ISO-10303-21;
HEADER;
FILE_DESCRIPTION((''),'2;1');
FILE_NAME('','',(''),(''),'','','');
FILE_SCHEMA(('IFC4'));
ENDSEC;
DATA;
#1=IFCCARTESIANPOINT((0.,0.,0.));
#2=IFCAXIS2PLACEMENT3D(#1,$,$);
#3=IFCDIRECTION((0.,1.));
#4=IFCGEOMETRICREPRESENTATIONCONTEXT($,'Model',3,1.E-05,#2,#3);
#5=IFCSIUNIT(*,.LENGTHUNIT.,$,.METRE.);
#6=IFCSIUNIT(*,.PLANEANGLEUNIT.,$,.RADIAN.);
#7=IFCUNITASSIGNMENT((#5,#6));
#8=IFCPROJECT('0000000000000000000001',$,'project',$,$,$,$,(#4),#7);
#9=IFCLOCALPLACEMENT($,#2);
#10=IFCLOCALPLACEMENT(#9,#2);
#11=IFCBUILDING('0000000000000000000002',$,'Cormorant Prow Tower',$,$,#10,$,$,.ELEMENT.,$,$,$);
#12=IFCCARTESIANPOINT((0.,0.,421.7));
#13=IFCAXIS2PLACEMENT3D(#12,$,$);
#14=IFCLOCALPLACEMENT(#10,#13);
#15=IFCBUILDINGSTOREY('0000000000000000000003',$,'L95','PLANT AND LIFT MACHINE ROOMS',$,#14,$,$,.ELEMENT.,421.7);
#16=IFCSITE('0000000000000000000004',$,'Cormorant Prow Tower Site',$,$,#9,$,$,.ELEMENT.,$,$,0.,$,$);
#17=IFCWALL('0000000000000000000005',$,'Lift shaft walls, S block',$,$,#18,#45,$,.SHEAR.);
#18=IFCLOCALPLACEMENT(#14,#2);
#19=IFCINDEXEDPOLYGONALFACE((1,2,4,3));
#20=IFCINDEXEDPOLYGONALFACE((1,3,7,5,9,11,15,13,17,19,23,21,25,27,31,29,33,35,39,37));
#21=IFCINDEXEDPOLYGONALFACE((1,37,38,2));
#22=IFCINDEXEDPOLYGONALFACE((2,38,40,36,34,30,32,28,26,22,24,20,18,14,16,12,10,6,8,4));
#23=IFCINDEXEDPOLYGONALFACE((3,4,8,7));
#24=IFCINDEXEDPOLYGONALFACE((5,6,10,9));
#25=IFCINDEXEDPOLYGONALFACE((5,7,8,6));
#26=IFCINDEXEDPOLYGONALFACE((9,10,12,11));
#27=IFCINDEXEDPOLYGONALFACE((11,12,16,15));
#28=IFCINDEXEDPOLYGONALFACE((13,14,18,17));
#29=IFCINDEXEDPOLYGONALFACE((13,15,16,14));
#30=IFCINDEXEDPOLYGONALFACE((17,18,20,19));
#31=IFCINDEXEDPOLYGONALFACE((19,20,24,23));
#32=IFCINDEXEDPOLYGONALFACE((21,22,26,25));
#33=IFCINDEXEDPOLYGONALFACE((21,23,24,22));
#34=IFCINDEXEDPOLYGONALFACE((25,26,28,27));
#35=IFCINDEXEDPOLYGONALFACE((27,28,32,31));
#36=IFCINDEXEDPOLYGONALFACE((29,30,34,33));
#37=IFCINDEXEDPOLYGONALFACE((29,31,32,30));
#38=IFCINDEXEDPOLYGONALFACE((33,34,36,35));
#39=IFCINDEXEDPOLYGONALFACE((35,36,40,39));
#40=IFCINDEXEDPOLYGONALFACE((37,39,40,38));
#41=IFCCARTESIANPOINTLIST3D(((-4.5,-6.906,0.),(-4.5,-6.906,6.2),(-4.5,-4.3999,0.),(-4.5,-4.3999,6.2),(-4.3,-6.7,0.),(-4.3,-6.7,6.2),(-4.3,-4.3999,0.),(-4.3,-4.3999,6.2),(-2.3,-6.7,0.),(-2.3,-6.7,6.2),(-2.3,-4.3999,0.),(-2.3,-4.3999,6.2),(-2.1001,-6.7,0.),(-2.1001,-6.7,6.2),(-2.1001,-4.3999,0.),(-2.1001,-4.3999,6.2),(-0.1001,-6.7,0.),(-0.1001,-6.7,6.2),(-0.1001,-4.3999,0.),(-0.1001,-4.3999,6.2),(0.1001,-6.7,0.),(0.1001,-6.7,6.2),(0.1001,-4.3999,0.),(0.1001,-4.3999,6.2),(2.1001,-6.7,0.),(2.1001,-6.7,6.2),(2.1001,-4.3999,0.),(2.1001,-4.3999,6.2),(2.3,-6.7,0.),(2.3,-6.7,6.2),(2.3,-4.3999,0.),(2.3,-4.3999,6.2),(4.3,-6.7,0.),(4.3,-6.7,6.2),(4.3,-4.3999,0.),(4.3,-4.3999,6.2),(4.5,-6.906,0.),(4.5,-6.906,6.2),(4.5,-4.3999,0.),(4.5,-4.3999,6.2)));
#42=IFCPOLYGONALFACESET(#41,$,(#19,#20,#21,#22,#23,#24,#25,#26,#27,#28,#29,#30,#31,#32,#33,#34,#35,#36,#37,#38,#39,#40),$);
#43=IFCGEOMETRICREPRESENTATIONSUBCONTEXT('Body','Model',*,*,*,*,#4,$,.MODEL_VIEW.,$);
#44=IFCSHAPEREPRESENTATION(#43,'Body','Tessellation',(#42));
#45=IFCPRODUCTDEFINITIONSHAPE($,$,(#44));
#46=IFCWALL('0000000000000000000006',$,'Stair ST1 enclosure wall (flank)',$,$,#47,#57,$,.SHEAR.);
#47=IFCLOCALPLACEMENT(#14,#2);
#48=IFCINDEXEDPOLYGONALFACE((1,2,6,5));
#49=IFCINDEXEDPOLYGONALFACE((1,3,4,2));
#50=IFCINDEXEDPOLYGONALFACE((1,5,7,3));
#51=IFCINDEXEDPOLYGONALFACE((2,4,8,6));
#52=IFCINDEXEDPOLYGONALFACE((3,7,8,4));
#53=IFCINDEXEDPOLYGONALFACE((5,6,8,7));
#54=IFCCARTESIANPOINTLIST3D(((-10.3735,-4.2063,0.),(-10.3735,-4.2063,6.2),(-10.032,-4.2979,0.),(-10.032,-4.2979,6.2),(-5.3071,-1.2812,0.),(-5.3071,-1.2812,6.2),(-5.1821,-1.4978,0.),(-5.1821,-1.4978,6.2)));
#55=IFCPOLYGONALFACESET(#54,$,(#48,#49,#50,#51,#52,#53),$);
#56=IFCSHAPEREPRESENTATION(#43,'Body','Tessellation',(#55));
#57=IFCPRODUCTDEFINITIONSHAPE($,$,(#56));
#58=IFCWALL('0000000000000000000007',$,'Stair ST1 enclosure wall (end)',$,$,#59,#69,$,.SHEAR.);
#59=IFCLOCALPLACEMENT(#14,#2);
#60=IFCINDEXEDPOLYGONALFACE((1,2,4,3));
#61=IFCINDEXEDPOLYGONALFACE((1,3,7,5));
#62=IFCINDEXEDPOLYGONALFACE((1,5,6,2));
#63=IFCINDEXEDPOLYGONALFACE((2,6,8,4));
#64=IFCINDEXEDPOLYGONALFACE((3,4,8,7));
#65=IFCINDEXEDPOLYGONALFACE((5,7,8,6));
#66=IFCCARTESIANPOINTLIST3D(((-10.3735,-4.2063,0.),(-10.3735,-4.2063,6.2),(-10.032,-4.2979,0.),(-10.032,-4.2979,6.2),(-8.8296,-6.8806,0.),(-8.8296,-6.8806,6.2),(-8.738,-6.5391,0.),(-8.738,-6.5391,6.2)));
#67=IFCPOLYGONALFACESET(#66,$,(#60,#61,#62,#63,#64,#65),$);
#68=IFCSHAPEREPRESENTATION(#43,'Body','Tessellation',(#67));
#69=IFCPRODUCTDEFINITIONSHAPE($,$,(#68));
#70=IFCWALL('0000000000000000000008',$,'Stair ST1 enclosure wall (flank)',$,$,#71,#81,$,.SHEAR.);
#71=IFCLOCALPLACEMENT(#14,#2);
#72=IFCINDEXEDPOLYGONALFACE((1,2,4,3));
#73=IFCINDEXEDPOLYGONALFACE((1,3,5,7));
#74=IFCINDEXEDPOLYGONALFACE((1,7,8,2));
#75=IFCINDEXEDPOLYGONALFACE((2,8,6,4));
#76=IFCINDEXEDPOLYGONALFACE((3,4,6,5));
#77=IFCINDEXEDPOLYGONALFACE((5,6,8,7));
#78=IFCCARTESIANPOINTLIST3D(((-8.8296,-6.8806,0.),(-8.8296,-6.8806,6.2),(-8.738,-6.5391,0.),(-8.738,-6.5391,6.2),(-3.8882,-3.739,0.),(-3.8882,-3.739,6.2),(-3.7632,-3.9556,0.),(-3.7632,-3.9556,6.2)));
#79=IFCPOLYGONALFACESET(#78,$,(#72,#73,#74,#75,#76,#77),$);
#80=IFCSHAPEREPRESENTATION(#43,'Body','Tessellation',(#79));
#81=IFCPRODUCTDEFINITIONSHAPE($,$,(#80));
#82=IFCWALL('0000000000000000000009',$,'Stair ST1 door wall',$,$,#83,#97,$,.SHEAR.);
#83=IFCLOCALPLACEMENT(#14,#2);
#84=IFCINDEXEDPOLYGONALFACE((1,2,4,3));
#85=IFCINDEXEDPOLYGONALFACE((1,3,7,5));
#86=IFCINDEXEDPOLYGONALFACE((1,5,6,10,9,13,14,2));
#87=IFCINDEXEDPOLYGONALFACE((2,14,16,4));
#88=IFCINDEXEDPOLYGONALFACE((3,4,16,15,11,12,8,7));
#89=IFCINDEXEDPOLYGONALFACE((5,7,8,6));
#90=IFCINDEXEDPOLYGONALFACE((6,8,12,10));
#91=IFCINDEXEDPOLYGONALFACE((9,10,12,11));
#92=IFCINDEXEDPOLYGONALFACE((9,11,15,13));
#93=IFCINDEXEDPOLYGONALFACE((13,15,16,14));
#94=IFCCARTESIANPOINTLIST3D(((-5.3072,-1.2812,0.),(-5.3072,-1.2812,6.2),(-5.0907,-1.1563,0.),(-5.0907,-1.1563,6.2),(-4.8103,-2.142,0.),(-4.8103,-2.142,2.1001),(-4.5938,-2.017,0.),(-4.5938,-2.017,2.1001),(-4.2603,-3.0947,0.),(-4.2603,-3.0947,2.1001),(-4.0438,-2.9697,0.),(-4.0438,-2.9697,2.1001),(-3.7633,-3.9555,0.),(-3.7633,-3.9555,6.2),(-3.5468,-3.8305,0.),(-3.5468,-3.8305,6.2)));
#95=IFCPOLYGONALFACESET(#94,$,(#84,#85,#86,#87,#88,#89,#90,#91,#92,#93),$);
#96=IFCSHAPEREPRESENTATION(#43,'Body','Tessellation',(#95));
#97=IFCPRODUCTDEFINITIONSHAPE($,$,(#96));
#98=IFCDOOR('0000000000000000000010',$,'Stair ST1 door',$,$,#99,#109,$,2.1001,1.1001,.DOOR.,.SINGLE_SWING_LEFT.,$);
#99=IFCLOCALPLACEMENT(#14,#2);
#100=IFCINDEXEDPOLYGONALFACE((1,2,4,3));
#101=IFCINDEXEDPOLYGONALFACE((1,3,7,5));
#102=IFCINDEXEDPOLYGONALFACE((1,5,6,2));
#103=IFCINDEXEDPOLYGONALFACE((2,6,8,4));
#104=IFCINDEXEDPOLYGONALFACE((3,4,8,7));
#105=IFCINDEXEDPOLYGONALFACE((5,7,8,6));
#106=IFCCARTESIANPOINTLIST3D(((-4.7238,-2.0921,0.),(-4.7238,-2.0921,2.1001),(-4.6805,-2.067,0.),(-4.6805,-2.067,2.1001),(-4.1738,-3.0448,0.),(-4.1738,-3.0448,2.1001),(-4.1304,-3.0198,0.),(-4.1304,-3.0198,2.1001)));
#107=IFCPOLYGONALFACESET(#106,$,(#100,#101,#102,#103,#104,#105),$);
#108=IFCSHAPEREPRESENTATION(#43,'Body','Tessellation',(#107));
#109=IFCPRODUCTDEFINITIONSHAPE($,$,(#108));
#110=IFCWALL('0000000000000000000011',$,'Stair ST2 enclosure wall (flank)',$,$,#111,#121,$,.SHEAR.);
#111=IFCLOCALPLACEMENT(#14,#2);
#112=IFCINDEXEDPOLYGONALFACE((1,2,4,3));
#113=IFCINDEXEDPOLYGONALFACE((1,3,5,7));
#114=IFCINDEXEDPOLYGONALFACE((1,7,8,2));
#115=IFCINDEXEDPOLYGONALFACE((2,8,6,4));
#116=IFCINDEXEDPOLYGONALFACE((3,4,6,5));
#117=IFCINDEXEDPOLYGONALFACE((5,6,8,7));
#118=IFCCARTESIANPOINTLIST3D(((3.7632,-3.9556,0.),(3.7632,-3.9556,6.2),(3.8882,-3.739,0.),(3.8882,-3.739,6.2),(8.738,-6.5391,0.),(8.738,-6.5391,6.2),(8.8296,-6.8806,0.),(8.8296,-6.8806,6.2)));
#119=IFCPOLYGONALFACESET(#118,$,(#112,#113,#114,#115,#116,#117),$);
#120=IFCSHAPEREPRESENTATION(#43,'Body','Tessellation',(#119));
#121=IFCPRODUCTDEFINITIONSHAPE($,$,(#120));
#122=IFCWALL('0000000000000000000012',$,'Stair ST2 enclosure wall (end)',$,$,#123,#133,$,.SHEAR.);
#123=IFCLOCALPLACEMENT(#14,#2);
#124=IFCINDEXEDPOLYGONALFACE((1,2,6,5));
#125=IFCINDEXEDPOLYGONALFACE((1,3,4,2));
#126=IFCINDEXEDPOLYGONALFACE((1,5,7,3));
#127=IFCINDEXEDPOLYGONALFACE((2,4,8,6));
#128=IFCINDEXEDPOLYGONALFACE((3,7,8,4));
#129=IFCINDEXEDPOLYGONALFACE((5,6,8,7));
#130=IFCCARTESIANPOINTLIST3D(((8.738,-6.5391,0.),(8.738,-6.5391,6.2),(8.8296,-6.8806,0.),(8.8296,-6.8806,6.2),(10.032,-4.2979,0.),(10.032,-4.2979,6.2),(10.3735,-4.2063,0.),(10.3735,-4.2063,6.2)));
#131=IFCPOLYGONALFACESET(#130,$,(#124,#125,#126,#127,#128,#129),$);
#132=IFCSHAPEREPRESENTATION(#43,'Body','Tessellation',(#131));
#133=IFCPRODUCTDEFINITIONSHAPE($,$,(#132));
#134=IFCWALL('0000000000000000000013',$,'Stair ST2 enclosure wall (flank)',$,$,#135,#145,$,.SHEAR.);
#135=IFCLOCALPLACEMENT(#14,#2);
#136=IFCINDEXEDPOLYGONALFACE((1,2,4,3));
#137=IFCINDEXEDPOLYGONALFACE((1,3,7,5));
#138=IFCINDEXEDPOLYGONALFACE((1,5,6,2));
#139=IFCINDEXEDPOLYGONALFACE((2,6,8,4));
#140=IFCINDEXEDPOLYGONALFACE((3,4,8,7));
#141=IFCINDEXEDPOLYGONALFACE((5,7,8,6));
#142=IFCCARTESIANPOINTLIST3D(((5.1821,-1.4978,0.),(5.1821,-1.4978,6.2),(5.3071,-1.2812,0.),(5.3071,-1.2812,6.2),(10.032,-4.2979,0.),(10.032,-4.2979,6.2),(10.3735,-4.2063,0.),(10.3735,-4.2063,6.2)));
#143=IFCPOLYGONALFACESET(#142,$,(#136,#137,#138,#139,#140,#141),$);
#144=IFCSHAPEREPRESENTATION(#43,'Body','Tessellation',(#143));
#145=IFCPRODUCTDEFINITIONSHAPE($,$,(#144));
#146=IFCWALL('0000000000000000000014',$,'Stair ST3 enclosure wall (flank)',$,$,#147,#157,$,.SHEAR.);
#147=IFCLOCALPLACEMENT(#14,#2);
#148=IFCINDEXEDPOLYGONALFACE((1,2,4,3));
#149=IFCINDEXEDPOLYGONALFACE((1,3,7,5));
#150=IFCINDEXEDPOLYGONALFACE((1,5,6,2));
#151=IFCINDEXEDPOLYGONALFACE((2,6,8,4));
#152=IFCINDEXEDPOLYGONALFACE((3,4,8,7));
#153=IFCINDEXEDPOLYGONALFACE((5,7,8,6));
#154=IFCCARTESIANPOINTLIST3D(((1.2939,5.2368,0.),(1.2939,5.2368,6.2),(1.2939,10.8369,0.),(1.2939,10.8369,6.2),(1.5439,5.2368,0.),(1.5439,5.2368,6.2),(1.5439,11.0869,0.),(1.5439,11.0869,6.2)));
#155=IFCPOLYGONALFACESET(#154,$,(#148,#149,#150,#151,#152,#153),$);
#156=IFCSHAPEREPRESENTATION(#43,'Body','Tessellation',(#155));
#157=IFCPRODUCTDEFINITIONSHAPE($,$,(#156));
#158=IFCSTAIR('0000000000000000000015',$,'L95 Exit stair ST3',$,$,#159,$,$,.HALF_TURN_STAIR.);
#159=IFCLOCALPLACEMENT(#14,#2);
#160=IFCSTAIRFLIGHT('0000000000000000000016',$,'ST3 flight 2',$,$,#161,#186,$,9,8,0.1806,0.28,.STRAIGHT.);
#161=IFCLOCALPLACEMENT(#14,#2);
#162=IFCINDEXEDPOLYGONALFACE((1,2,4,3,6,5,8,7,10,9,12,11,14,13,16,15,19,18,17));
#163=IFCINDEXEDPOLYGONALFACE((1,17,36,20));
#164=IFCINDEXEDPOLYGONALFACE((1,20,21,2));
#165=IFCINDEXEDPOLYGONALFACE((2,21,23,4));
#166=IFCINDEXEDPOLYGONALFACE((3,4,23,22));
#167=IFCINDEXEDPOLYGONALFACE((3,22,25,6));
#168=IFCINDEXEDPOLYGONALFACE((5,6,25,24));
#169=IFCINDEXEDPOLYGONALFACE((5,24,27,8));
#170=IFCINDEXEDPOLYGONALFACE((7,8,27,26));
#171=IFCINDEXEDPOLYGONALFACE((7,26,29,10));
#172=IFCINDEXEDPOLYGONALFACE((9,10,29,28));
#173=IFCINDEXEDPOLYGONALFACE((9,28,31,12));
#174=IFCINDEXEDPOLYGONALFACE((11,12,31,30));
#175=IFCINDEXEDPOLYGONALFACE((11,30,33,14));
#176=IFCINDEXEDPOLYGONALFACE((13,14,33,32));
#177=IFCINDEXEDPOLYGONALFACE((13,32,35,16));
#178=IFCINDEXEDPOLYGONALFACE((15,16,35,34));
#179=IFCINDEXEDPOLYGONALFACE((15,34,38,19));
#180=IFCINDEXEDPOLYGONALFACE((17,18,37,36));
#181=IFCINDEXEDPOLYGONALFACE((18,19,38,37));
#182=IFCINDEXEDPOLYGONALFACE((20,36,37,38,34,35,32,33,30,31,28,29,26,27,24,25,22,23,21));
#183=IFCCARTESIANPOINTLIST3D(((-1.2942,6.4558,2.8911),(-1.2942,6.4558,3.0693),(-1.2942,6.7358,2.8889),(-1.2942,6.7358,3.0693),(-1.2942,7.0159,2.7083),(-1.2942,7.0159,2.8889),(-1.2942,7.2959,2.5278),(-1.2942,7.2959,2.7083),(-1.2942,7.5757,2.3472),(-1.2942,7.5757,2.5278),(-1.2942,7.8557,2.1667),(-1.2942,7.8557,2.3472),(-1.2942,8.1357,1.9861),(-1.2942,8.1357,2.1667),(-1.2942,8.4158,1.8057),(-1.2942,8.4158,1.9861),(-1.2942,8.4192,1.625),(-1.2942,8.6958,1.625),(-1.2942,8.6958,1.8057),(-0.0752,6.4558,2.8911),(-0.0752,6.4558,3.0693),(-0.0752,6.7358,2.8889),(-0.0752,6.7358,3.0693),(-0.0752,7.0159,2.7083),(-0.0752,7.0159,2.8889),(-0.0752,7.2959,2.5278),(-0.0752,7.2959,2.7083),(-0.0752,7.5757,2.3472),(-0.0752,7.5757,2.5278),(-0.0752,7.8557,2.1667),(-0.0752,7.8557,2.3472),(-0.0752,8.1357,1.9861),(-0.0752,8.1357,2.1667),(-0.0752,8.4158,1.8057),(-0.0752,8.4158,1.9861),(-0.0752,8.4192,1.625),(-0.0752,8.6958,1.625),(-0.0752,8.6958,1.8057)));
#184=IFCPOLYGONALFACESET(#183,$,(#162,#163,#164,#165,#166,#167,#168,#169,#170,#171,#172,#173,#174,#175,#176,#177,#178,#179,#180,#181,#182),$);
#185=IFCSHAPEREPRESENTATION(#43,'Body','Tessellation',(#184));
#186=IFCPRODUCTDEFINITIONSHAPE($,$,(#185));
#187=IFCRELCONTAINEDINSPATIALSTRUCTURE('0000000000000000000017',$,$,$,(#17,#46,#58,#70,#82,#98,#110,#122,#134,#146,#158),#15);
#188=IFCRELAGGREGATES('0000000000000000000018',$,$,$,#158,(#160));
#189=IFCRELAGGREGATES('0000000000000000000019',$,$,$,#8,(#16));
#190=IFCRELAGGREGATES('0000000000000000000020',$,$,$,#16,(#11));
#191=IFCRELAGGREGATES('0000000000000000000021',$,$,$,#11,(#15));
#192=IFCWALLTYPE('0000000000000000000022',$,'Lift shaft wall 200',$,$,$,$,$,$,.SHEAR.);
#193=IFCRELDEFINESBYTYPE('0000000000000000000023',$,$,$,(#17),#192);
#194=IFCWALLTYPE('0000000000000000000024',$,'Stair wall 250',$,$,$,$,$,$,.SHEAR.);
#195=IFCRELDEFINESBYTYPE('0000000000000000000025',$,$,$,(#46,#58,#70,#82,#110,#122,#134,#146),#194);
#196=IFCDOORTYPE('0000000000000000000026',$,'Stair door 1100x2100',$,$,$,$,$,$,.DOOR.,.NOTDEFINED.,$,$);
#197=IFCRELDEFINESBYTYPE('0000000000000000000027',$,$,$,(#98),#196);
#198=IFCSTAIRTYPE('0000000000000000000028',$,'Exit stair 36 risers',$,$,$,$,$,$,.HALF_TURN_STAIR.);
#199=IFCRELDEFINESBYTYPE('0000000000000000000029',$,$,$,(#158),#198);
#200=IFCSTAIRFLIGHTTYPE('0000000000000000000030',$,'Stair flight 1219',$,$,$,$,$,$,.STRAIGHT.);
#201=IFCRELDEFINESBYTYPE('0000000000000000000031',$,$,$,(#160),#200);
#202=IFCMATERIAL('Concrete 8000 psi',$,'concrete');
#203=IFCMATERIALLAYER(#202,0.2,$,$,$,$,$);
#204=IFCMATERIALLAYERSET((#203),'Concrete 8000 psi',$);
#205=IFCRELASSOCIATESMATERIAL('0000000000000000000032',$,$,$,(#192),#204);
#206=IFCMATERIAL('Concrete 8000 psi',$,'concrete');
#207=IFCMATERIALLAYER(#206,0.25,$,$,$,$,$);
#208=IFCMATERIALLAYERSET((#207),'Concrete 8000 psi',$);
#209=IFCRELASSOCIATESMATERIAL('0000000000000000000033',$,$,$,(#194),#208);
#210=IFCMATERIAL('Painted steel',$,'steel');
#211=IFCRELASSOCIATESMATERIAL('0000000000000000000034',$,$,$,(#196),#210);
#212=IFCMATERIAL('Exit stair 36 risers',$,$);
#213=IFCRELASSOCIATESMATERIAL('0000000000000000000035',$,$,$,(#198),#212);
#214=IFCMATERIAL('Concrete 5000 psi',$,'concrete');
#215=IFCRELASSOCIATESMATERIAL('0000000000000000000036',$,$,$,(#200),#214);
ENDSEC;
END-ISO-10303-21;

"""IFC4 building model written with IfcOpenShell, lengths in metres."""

from ifc_helpers import new_model, si_unit, direction, frame, frame_2d, origin, place, context, subcontext, project, spatial, polyline, rectangle, outline, extrude, material, layer, layer_set, type_object, element, fill, aggregate, save


model = new_model("IFC4")

# Units and contexts
model_context = context("Model", 3, precision=1e-05, world=origin(), true_north=direction((0.0, 1.0)))
body_context = subcontext(model_context, "Body", "Model", "MODEL_VIEW")
ifc_project = project(units=[si_unit("LENGTHUNIT", "METRE"), si_unit("PLANEANGLEUNIT", "RADIAN")], contexts=[model_context])

# Site, building, storey
site_placement = place(None, origin())
site = spatial("IfcSite", under=ifc_project, at=site_placement, Name="Cormorant Prow Tower Site", CompositionType="ELEMENT", RefElevation=0.0)
building_placement = place(site_placement, origin())
building = spatial("IfcBuilding", under=site, at=building_placement, Name="Cormorant Prow Tower", CompositionType="ELEMENT")
storey_placement = place(building_placement, frame((0.0, 0.0, 421.7)))
storey = spatial("IfcBuildingStorey", under=building, at=storey_placement, Name="L95", Description="PLANT AND LIFT MACHINE ROOMS", CompositionType="ELEMENT", Elevation=421.7)

# Walls
ifc_material_1 = material(Name="Concrete 8000 psi", Category="concrete")
ifc_layer_1 = layer(ifc_material_1, 0.2)
ifc_layer_set_1 = layer_set([ifc_layer_1], Name="Concrete 8000 psi")
wall_type_1 = type_object("IfcWallType", Name="Lift shaft wall 200", PredefinedType="SHEAR", material=ifc_layer_set_1)
wall_1_placement = place(storey_placement, origin())
element("IfcWall", 1, at=wall_1_placement, inside=storey, type_object=wall_type_1, Name="Lift shaft walls, S block", PredefinedType="SHEAR", context=body_context, shape_type="SweptSolid", body=[
    extrude(outline(polyline([(4.5, -4.3999), (4.5, -6.906), (-4.5, -6.906), (-4.5, -4.3999), (-4.3, -4.3999), (-4.3, -6.7), (-2.3, -6.7), (-2.3, -4.3999), (-2.1001, -4.3999), (-2.1001, -6.7), (-0.1001, -6.7), (-0.1001, -4.3999), (0.1001, -4.3999), (0.1001, -6.7), (2.1001, -6.7), (2.1001, -4.3999), (2.3, -4.3999), (2.3, -6.7), (4.3, -6.7), (4.3, -4.3999), (4.5, -4.3999)])), origin(), (0.0, 0.0, 1.0), 6.2),
])
ifc_material_2 = material(Name="Concrete 8000 psi", Category="concrete")
ifc_layer_2 = layer(ifc_material_2, 0.25)
ifc_layer_set_2 = layer_set([ifc_layer_2], Name="Concrete 8000 psi")
wall_type_2 = type_object("IfcWallType", Name="Stair wall 250", PredefinedType="SHEAR", material=ifc_layer_set_2)
wall_2_placement = place(storey_placement, origin())
element("IfcWall", 2, at=wall_2_placement, inside=storey, type_object=wall_type_2, Name="Stair ST1 enclosure wall (flank)", PredefinedType="SHEAR", context=body_context, shape_type="SweptSolid", body=[
    extrude(outline(polyline([(-5.3071, -1.2812), (-10.3735, -4.2063), (-10.032, -4.2979), (-5.1821, -1.4978), (-5.3071, -1.2812)])), origin(), (0.0, 0.0, 1.0), 6.2),
])
wall_3_placement = place(storey_placement, origin())
element("IfcWall", 3, at=wall_3_placement, inside=storey, type_object=wall_type_2, Name="Stair ST1 enclosure wall (end)", PredefinedType="SHEAR", context=body_context, shape_type="SweptSolid", body=[
    extrude(outline(polyline([(-10.3735, -4.2063), (-8.8296, -6.8806), (-8.738, -6.5391), (-10.032, -4.2979), (-10.3735, -4.2063)])), origin(), (0.0, 0.0, 1.0), 6.2),
])
wall_4_placement = place(storey_placement, origin())
element("IfcWall", 4, at=wall_4_placement, inside=storey, type_object=wall_type_2, Name="Stair ST1 enclosure wall (flank)", PredefinedType="SHEAR", context=body_context, shape_type="SweptSolid", body=[
    extrude(outline(polyline([(-8.738, -6.5391), (-8.8296, -6.8806), (-3.7632, -3.9556), (-3.8882, -3.739), (-8.738, -6.5391)])), origin(), (0.0, 0.0, 1.0), 6.2),
])

# Wall, opening, door
wall_5_placement = place(storey_placement, frame((-5.199, -1.2188, 0.0), z_axis=(0.0, 0.0, 1.0), x_axis=(0.499983, -0.866035, 0.0)))
wall_5 = element("IfcWall", 5, at=wall_5_placement, inside=storey, type_object=wall_type_2, Name="Stair ST1 door wall", PredefinedType="SHEAR", context=body_context, shape_type="SweptSolid", body=[
    extrude(rectangle(XDim=3.0879, YDim=0.25, at=frame_2d((1.5439, 0.0))), origin(), (0.0, 0.0, 1.0), 6.2),
])
opening_1_placement = place(wall_5_placement, frame((0.9939, 0.0, 0.0)))
opening_1 = element("IfcOpeningElement", 6, at=opening_1_placement, cuts=wall_5, PredefinedType="OPENING", context=body_context, shape_type="SweptSolid", body=[
    extrude(rectangle(XDim=1.1001, YDim=2.1001, at=frame_2d((0.55, 1.05))), frame((0.0, 0.135, 0.0), z_axis=(0.0, -1.0, 0.0), x_axis=(1.0, 0.0, 0.0)), (0.0, 0.0, 1.0), 0.27),
])
ifc_material_3 = material(Name="Painted steel", Category="steel")
door_type_1 = type_object("IfcDoorType", Name="Stair door 1100x2100", OperationType="NOTDEFINED", PredefinedType="DOOR", material=ifc_material_3)
door_1_placement = place(opening_1_placement, origin())
door_1 = element("IfcDoor", 7, at=door_1_placement, inside=storey, type_object=door_type_1, Name="Stair ST1 door", OperationType="SINGLE_SWING_LEFT", OverallHeight=2.1001, OverallWidth=1.1001, PredefinedType="DOOR", context=body_context, shape_type="SweptSolid", body=[
    extrude(rectangle(XDim=1.1001, YDim=2.1001, at=frame_2d((0.55, 1.05))), frame((0.0, 0.0249, 0.0), z_axis=(0.0, -1.0, 0.0), x_axis=(1.0, 0.0, 0.0)), (0.0, 0.0, 1.0), 0.05),
])
fill(opening_1, door_1)

# Walls
wall_6_placement = place(storey_placement, origin())
element("IfcWall", 8, at=wall_6_placement, inside=storey, type_object=wall_type_2, Name="Stair ST2 enclosure wall (flank)", PredefinedType="SHEAR", context=body_context, shape_type="SweptSolid", body=[
    extrude(outline(polyline([(3.7632, -3.9556), (8.8296, -6.8806), (8.738, -6.5391), (3.8882, -3.739), (3.7632, -3.9556)])), origin(), (0.0, 0.0, 1.0), 6.2),
])
wall_7_placement = place(storey_placement, origin())
element("IfcWall", 9, at=wall_7_placement, inside=storey, type_object=wall_type_2, Name="Stair ST2 enclosure wall (end)", PredefinedType="SHEAR", context=body_context, shape_type="SweptSolid", body=[
    extrude(outline(polyline([(8.8296, -6.8806), (10.3735, -4.2063), (10.032, -4.2979), (8.738, -6.5391), (8.8296, -6.8806)])), origin(), (0.0, 0.0, 1.0), 6.2),
])
wall_8_placement = place(storey_placement, origin())
element("IfcWall", 10, at=wall_8_placement, inside=storey, type_object=wall_type_2, Name="Stair ST2 enclosure wall (flank)", PredefinedType="SHEAR", context=body_context, shape_type="SweptSolid", body=[
    extrude(outline(polyline([(10.032, -4.2979), (10.3735, -4.2063), (5.3071, -1.2812), (5.1821, -1.4978), (10.032, -4.2979)])), origin(), (0.0, 0.0, 1.0), 6.2),
])
wall_9_placement = place(storey_placement, origin())
element("IfcWall", 11, at=wall_9_placement, inside=storey, type_object=wall_type_2, Name="Stair ST3 enclosure wall (flank)", PredefinedType="SHEAR", context=body_context, shape_type="SweptSolid", body=[
    extrude(outline(polyline([(1.5439, 5.2368), (1.5439, 11.0869), (1.2939, 10.8369), (1.2939, 5.2368), (1.5439, 5.2368)])), origin(), (0.0, 0.0, 1.0), 6.2),
])

# Stair, stair flight
ifc_material_4 = material(Name="Exit stair 36 risers")
stair_type = type_object("IfcStairType", Name="Exit stair 36 risers", PredefinedType="HALF_TURN_STAIR", material=ifc_material_4)
stair_placement = place(storey_placement, origin())
stair = element("IfcStair", 12, at=stair_placement, inside=storey, type_object=stair_type, Name="L95 Exit stair ST3", PredefinedType="HALF_TURN_STAIR")
ifc_material_5 = material(Name="Concrete 5000 psi", Category="concrete")
stair_flight_type = type_object("IfcStairFlightType", Name="Stair flight 1219", PredefinedType="STRAIGHT", material=ifc_material_5)
stair_flight_1_placement = place(storey_placement, frame((-0.6846, 8.6958, 1.625), z_axis=(0.0, 0.0, 1.0), x_axis=(0.0, -1.0, 0.0)))
stair_flight_1 = element("IfcStairFlight", 13, at=stair_flight_1_placement, type_object=stair_flight_type, Name="ST3 flight 2", NumberOfRisers=9, NumberOfTreads=8, PredefinedType="STRAIGHT", RiserHeight=0.1806, TreadLength=0.28, context=body_context, shape_type="SweptSolid", body=[
    extrude(outline(polyline([(0.0, 0.0), (0.0, 0.1807), (0.28, 0.1807), (0.28, 0.3611), (0.5601, 0.3611), (0.5601, 0.5417), (0.8401, 0.5417), (0.8401, 0.7222), (1.1201, 0.7222), (1.1201, 0.9028), (1.3999, 0.9028), (1.3999, 1.0833), (1.6799, 1.0833), (1.6799, 1.2639), (1.96, 1.2639), (1.96, 1.4443), (2.24, 1.4443), (2.24, 1.625), (2.24, 1.2661), (0.2766, 0.0), (0.0, 0.0)])), frame((0.0, 0.6094, 0.0), z_axis=(0.0, -1.0, 0.0), x_axis=(1.0, 0.0, 0.0)), (0.0, 0.0, 1.0), 1.219),
])
aggregate(stair, [stair_flight_1])

save(model, "model.ifc")
